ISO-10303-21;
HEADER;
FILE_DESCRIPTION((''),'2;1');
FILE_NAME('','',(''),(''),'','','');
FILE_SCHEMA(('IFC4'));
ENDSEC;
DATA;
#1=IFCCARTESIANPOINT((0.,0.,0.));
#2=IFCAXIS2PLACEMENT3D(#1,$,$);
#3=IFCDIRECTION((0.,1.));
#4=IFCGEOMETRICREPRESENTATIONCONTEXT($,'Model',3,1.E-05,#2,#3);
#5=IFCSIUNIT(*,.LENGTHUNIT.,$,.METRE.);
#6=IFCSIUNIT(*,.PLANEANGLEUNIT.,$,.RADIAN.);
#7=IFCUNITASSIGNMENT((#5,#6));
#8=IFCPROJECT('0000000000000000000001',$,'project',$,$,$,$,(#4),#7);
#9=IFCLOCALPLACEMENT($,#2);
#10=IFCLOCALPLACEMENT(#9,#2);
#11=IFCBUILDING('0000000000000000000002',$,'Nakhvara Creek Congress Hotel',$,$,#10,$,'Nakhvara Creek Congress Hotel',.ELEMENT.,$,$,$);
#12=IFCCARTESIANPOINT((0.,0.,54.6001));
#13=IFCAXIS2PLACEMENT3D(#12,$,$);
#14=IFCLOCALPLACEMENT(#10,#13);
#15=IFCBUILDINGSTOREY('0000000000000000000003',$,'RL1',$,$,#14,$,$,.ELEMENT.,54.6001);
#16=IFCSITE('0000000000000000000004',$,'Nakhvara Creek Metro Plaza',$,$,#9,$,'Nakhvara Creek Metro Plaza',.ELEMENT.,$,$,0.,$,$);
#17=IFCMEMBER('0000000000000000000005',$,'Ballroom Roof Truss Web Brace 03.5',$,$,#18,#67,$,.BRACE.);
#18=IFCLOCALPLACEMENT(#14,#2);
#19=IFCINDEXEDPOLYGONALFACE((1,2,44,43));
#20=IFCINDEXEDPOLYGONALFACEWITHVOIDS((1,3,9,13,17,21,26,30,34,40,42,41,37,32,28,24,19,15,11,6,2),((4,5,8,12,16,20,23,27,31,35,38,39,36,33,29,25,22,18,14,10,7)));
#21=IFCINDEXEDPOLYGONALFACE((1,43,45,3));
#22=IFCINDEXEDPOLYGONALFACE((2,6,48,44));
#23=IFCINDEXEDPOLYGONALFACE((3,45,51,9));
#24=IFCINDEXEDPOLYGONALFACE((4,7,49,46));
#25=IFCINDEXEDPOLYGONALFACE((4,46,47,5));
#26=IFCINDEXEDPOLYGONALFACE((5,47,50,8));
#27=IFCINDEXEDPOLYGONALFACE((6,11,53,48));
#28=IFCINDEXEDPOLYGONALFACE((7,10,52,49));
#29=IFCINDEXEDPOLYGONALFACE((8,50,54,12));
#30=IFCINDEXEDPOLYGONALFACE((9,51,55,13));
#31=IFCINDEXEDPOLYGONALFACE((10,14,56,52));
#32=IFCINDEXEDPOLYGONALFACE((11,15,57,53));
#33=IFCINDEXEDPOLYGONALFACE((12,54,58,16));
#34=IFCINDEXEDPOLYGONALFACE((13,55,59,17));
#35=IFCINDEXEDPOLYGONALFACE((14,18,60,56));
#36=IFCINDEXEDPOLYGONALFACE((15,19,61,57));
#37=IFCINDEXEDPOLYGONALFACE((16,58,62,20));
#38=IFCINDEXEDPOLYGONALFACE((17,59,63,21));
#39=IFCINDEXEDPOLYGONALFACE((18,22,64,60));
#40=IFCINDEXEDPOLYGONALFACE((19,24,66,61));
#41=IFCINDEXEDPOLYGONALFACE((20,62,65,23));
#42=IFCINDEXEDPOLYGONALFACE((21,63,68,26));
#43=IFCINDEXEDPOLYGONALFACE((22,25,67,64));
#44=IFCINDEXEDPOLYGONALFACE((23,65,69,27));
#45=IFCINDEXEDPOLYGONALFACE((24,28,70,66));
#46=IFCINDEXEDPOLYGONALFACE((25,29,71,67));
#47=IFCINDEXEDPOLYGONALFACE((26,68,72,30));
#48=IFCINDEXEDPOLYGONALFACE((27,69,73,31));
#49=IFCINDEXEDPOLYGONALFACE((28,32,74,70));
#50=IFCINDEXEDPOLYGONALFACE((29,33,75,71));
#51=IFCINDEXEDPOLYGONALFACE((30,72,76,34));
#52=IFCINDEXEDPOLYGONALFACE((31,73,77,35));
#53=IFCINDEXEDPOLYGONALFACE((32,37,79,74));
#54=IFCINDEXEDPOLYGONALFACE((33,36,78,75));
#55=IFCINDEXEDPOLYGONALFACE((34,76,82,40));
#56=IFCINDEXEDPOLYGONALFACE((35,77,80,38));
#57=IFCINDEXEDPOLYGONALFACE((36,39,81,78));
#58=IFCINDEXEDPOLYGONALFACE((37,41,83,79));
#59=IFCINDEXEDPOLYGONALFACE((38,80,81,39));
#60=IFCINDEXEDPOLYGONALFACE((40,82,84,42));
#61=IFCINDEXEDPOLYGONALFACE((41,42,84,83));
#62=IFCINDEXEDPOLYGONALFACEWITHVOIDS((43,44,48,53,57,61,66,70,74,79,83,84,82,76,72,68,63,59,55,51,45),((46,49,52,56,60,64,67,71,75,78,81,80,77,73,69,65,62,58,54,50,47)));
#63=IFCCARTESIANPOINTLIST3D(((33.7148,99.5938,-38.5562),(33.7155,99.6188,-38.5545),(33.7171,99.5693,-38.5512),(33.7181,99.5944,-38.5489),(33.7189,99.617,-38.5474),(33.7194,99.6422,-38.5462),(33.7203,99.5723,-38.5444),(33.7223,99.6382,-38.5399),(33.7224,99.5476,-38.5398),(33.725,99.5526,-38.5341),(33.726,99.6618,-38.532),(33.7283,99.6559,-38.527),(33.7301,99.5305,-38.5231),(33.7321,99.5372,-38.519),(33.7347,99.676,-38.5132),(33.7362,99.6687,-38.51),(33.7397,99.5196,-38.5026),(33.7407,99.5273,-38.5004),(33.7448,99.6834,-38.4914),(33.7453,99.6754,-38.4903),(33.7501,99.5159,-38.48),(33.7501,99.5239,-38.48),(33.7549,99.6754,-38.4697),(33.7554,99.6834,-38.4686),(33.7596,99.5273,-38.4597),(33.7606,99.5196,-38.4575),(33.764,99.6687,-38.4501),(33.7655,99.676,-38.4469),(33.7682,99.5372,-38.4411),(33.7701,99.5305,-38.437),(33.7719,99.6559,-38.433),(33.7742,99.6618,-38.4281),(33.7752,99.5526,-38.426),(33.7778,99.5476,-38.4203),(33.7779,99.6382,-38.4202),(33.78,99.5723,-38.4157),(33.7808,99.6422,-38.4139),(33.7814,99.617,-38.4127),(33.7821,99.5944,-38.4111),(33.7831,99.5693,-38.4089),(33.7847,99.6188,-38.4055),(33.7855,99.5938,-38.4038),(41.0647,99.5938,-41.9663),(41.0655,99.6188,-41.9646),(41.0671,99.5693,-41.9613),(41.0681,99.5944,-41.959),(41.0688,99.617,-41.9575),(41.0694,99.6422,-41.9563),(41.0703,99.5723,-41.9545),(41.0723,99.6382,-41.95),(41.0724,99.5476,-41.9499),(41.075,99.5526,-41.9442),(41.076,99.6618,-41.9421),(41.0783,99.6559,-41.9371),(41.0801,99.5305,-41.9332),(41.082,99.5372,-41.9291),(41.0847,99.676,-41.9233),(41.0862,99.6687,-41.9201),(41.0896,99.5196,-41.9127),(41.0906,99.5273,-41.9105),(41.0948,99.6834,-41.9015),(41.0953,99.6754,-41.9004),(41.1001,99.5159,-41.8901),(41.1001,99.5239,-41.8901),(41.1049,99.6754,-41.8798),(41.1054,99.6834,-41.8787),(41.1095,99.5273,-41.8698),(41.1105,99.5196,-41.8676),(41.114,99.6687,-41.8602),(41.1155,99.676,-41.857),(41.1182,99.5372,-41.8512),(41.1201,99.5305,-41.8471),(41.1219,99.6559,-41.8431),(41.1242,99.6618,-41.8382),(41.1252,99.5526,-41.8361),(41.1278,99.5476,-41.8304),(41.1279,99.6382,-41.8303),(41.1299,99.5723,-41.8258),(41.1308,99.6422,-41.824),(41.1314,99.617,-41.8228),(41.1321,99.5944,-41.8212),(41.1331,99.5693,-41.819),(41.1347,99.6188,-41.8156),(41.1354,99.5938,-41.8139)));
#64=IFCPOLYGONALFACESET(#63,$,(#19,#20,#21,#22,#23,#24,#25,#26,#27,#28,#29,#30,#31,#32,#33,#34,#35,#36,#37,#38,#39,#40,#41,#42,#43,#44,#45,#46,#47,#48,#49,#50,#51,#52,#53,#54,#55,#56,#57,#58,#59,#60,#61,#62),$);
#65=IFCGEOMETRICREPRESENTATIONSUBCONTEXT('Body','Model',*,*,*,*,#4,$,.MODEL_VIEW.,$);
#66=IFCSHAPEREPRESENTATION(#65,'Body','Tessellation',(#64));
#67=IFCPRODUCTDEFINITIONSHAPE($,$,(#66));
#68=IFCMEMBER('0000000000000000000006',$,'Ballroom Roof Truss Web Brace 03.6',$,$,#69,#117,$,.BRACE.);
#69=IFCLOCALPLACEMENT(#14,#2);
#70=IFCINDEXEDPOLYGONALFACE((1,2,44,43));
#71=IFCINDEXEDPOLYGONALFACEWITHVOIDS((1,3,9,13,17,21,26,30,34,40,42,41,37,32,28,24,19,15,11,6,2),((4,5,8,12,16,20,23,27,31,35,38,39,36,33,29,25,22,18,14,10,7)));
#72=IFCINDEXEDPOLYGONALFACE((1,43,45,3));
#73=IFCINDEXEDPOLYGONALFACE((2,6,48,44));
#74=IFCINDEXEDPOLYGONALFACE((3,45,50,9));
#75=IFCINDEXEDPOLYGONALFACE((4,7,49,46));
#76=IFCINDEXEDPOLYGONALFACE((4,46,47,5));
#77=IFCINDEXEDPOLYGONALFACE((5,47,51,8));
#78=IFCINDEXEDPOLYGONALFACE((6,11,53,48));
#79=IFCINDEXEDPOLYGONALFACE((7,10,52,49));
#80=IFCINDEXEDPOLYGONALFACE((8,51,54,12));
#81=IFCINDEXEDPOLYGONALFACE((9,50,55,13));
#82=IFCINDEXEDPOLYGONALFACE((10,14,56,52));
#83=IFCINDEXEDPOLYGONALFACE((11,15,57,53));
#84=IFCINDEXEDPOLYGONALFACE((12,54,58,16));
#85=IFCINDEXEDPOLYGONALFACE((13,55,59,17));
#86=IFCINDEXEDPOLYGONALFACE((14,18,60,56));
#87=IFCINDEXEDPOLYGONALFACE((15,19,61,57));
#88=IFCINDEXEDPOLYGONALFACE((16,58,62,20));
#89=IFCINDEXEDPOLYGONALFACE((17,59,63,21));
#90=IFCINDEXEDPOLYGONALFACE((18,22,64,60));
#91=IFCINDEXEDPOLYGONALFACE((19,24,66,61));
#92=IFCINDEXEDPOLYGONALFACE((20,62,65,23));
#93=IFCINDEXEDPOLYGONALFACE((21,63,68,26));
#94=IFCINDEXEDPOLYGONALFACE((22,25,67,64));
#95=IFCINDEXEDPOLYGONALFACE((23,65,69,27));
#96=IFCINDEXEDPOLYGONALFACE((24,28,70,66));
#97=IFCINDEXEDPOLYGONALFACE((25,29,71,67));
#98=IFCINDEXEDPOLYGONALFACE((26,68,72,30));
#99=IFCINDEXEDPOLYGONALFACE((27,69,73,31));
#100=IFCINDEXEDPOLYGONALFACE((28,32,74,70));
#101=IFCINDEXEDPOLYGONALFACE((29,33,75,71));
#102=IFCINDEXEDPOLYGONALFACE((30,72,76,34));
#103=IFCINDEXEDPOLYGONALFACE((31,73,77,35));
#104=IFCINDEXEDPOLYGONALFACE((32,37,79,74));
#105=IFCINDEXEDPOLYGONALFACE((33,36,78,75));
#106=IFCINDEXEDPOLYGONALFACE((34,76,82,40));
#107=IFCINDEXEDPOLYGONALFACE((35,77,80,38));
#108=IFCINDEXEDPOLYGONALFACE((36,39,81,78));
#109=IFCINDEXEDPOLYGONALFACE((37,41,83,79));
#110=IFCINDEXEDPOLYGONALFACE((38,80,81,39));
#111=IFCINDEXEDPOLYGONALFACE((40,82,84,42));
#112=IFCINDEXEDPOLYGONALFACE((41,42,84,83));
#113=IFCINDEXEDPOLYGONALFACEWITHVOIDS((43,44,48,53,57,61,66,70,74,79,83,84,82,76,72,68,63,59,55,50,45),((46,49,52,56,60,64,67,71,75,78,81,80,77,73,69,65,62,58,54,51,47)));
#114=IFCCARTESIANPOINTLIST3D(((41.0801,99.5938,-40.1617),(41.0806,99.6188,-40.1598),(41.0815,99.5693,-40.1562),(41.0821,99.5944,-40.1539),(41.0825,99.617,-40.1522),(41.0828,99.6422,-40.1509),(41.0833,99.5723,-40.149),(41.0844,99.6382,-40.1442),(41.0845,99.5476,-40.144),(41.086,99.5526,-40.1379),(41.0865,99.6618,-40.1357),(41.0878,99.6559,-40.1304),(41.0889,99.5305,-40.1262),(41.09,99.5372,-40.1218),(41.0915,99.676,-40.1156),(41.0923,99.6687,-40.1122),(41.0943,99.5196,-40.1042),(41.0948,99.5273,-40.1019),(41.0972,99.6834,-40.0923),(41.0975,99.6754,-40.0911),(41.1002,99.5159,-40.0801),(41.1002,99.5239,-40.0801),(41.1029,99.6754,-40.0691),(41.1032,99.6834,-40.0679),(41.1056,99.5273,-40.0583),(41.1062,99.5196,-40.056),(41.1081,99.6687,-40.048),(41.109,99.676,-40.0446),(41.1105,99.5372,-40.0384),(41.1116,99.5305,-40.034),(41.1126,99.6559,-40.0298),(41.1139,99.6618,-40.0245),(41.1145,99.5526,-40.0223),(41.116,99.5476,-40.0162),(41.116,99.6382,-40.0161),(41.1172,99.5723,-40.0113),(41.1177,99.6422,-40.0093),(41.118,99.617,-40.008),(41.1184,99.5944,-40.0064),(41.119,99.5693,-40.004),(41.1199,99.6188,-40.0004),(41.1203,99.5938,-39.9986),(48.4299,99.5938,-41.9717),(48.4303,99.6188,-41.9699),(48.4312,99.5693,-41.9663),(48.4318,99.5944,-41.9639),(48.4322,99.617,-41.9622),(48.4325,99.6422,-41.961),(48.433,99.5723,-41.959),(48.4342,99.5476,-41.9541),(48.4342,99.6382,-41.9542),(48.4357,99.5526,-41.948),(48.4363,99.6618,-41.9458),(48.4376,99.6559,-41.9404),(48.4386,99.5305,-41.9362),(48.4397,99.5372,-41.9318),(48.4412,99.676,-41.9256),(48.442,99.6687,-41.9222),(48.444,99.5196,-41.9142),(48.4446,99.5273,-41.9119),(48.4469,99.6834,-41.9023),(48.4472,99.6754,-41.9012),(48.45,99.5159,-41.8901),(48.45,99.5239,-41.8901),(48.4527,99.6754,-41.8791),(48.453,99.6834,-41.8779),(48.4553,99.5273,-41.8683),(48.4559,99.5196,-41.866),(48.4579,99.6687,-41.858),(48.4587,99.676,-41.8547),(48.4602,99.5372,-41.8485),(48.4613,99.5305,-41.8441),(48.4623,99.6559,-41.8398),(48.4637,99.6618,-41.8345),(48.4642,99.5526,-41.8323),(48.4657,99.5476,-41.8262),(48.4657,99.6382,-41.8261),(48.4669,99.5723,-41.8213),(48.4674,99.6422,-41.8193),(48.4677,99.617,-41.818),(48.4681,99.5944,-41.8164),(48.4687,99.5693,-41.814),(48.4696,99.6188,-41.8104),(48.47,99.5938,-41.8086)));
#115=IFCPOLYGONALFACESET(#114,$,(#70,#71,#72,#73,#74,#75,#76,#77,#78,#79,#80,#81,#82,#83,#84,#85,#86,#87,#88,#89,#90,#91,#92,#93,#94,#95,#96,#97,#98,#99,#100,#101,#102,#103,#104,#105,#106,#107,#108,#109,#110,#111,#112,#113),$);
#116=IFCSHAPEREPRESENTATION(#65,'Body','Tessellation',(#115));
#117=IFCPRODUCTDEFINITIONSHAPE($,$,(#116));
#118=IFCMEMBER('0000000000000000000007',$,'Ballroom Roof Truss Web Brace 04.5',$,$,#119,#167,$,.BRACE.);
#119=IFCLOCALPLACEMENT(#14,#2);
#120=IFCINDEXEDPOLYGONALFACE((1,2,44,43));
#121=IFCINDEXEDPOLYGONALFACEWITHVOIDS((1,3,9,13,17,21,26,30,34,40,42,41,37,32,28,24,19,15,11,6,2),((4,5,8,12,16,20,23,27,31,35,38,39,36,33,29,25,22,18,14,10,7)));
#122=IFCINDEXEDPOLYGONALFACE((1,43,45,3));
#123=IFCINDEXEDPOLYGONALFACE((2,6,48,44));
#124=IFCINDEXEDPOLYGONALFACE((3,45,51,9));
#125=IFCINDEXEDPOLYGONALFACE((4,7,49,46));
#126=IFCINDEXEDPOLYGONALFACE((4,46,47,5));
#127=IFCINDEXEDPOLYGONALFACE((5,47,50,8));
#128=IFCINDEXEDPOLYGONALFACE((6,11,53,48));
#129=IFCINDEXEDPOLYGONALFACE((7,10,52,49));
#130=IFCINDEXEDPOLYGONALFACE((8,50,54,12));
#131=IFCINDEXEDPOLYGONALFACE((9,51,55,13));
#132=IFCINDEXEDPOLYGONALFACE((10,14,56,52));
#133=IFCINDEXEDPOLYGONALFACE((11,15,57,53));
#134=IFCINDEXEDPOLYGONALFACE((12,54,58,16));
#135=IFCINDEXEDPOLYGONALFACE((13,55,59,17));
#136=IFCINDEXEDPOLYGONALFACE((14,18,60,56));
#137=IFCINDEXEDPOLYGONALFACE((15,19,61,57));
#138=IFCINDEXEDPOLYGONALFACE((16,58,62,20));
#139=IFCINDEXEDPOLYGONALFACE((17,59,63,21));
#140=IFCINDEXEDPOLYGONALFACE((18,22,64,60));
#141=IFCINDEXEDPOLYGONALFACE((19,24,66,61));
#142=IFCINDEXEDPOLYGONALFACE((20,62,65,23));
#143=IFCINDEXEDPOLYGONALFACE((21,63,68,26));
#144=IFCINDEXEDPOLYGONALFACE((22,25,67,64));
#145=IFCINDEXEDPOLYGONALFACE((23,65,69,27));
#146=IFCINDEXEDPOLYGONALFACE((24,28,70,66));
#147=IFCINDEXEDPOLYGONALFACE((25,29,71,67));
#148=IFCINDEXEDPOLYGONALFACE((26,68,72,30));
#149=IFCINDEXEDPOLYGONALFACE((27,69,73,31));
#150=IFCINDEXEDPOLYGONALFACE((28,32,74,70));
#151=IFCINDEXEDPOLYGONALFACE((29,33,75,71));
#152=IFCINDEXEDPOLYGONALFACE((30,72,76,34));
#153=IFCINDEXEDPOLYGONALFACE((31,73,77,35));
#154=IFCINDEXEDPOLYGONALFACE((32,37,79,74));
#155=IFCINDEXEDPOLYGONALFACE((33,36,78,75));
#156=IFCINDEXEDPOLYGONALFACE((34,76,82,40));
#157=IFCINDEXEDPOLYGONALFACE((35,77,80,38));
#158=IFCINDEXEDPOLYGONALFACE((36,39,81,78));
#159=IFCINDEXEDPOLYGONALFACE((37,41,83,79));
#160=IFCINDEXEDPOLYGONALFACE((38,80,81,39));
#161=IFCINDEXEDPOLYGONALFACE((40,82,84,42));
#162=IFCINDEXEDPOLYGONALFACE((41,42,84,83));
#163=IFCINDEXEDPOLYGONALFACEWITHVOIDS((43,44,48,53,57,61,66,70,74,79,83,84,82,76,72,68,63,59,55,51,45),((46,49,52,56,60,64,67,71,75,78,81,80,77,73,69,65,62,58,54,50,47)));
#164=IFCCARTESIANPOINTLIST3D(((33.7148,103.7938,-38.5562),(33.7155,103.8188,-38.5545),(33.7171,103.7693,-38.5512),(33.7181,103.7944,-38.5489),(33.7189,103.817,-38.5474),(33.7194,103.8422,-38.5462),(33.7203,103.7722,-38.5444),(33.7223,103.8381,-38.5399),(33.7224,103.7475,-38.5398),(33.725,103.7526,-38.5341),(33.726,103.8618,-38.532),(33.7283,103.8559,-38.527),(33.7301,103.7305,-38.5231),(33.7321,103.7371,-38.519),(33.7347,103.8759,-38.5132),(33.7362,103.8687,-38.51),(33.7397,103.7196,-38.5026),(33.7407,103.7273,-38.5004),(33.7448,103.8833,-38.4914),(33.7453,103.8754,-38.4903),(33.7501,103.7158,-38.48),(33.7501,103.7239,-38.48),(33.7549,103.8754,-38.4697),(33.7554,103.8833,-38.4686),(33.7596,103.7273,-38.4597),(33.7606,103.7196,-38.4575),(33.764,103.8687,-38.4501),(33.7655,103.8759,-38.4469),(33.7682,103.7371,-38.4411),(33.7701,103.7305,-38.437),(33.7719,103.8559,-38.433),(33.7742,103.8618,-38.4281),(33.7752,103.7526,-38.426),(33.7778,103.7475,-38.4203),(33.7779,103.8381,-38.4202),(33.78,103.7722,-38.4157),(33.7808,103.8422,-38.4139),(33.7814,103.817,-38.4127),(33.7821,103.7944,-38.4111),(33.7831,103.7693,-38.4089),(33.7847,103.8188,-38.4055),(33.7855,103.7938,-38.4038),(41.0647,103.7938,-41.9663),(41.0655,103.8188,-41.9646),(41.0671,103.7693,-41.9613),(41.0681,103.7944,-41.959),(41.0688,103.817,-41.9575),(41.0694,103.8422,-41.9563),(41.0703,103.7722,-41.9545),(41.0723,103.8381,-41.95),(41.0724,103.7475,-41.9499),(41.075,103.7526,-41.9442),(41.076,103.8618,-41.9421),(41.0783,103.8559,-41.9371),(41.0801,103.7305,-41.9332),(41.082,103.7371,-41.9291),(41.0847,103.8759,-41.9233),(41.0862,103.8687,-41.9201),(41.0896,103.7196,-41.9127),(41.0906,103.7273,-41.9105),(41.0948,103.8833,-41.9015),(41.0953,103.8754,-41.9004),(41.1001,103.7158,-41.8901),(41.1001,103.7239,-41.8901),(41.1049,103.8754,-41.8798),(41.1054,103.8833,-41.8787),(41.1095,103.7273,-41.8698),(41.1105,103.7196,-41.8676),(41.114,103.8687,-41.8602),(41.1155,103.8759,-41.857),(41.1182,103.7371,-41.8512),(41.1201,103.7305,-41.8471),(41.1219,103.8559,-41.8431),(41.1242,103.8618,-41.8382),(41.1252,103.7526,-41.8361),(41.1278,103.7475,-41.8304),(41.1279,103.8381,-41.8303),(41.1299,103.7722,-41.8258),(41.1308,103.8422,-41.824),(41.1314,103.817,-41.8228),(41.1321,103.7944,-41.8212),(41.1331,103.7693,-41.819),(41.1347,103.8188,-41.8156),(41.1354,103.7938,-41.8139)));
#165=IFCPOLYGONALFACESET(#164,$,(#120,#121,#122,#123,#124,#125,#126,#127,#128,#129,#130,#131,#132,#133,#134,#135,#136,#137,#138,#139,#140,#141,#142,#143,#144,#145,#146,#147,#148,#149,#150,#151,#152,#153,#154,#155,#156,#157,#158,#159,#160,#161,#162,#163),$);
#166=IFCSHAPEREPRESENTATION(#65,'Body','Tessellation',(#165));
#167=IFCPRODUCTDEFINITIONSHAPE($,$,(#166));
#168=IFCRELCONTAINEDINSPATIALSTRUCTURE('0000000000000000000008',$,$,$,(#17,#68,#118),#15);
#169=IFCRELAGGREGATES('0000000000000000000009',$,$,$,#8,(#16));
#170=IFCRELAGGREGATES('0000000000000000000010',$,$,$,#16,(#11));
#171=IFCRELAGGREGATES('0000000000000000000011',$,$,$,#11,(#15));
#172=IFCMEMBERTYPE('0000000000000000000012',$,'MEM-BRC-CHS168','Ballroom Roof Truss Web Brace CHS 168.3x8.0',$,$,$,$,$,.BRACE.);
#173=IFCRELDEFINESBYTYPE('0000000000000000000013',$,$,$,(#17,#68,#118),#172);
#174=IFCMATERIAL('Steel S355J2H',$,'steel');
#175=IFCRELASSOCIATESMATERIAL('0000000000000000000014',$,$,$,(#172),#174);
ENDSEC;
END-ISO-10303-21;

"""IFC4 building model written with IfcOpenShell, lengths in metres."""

from ifc_helpers import new_model, si_unit, direction, frame, origin, origin_2d, place, context, subcontext, project, spatial, hollow_circle, extrude, material, material_profile, profile_set, type_object, element, save


model = new_model("IFC4")

# Units and contexts
model_context = context("Model", 3, precision=1e-05, world=origin(), true_north=direction((0.0, 1.0)))
body_context = subcontext(model_context, "Body", "Model", "MODEL_VIEW")
ifc_project = project(units=[si_unit("LENGTHUNIT", "METRE"), si_unit("PLANEANGLEUNIT", "RADIAN")], contexts=[model_context])

# Site, building, storey
site_placement = place(None, origin())
site = spatial("IfcSite", under=ifc_project, at=site_placement, Name="Nakhvara Creek Metro Plaza", LongName="Nakhvara Creek Metro Plaza", CompositionType="ELEMENT", RefElevation=0.0)
building_placement = place(site_placement, origin())
building = spatial("IfcBuilding", under=site, at=building_placement, Name="Nakhvara Creek Congress Hotel", LongName="Nakhvara Creek Congress Hotel", CompositionType="ELEMENT")
storey_placement = place(building_placement, frame((0.0, 0.0, 54.6001)))
storey = spatial("IfcBuildingStorey", under=building, at=storey_placement, Name="RL1", CompositionType="ELEMENT", Elevation=54.6001)

# Members
ifc_material_1 = material(Name="Steel S355J2H", Category="steel")
ifc_material_profile_1 = material_profile(ifc_material_1, hollow_circle(Radius=0.0842, WallThickness=0.0081, at=origin_2d()), Name="CHS 168.3x8.0", Category="LoadBearing")
ifc_profile_set_1 = profile_set([ifc_material_profile_1], Name="Steel S355J2H")
member_type_1 = type_object("IfcMemberType", Name="MEM-BRC-CHS168", Description="Ballroom Roof Truss Web Brace CHS 168.3x8.0", PredefinedType="BRACE", material=ifc_profile_set_1)
member_1_placement = place(storey_placement, frame((41.1001, 99.6001, -41.8901), z_axis=(-0.907122, 0.0, 0.420869), x_axis=(0.0, -1.0, 0.0)))
element("IfcMember", 1, at=member_1_placement, inside=storey, type_object=member_type_1, Name="Ballroom Roof Truss Web Brace 03.5", PredefinedType="BRACE", context=body_context, shape_type="SweptSolid", body=[
    extrude(hollow_circle(Radius=0.0842, WallThickness=0.0081, at=origin_2d()), origin(), (0.0, 0.0, 1.0), 8.1025),
])
member_2_placement = place(storey_placement, frame((48.45, 99.6001, -41.8901), z_axis=(-0.970988, 0.0, 0.239127), x_axis=(0.0, -1.0, 0.0)))
element("IfcMember", 2, at=member_2_placement, inside=storey, type_object=member_type_1, Name="Ballroom Roof Truss Web Brace 03.6", PredefinedType="BRACE", context=body_context, shape_type="SweptSolid", body=[
    extrude(hollow_circle(Radius=0.0842, WallThickness=0.0081, at=origin_2d()), origin(), (0.0, 0.0, 1.0), 7.5693),
])
member_3_placement = place(storey_placement, frame((41.1001, 103.8, -41.8901), z_axis=(-0.907122, 0.0, 0.420869), x_axis=(0.0, -1.0, 0.0)))
element("IfcMember", 3, at=member_3_placement, inside=storey, type_object=member_type_1, Name="Ballroom Roof Truss Web Brace 04.5", PredefinedType="BRACE", context=body_context, shape_type="SweptSolid", body=[
    extrude(hollow_circle(Radius=0.0842, WallThickness=0.0081, at=origin_2d()), origin(), (0.0, 0.0, 1.0), 8.1025),
])

save(model, "model.ifc")
